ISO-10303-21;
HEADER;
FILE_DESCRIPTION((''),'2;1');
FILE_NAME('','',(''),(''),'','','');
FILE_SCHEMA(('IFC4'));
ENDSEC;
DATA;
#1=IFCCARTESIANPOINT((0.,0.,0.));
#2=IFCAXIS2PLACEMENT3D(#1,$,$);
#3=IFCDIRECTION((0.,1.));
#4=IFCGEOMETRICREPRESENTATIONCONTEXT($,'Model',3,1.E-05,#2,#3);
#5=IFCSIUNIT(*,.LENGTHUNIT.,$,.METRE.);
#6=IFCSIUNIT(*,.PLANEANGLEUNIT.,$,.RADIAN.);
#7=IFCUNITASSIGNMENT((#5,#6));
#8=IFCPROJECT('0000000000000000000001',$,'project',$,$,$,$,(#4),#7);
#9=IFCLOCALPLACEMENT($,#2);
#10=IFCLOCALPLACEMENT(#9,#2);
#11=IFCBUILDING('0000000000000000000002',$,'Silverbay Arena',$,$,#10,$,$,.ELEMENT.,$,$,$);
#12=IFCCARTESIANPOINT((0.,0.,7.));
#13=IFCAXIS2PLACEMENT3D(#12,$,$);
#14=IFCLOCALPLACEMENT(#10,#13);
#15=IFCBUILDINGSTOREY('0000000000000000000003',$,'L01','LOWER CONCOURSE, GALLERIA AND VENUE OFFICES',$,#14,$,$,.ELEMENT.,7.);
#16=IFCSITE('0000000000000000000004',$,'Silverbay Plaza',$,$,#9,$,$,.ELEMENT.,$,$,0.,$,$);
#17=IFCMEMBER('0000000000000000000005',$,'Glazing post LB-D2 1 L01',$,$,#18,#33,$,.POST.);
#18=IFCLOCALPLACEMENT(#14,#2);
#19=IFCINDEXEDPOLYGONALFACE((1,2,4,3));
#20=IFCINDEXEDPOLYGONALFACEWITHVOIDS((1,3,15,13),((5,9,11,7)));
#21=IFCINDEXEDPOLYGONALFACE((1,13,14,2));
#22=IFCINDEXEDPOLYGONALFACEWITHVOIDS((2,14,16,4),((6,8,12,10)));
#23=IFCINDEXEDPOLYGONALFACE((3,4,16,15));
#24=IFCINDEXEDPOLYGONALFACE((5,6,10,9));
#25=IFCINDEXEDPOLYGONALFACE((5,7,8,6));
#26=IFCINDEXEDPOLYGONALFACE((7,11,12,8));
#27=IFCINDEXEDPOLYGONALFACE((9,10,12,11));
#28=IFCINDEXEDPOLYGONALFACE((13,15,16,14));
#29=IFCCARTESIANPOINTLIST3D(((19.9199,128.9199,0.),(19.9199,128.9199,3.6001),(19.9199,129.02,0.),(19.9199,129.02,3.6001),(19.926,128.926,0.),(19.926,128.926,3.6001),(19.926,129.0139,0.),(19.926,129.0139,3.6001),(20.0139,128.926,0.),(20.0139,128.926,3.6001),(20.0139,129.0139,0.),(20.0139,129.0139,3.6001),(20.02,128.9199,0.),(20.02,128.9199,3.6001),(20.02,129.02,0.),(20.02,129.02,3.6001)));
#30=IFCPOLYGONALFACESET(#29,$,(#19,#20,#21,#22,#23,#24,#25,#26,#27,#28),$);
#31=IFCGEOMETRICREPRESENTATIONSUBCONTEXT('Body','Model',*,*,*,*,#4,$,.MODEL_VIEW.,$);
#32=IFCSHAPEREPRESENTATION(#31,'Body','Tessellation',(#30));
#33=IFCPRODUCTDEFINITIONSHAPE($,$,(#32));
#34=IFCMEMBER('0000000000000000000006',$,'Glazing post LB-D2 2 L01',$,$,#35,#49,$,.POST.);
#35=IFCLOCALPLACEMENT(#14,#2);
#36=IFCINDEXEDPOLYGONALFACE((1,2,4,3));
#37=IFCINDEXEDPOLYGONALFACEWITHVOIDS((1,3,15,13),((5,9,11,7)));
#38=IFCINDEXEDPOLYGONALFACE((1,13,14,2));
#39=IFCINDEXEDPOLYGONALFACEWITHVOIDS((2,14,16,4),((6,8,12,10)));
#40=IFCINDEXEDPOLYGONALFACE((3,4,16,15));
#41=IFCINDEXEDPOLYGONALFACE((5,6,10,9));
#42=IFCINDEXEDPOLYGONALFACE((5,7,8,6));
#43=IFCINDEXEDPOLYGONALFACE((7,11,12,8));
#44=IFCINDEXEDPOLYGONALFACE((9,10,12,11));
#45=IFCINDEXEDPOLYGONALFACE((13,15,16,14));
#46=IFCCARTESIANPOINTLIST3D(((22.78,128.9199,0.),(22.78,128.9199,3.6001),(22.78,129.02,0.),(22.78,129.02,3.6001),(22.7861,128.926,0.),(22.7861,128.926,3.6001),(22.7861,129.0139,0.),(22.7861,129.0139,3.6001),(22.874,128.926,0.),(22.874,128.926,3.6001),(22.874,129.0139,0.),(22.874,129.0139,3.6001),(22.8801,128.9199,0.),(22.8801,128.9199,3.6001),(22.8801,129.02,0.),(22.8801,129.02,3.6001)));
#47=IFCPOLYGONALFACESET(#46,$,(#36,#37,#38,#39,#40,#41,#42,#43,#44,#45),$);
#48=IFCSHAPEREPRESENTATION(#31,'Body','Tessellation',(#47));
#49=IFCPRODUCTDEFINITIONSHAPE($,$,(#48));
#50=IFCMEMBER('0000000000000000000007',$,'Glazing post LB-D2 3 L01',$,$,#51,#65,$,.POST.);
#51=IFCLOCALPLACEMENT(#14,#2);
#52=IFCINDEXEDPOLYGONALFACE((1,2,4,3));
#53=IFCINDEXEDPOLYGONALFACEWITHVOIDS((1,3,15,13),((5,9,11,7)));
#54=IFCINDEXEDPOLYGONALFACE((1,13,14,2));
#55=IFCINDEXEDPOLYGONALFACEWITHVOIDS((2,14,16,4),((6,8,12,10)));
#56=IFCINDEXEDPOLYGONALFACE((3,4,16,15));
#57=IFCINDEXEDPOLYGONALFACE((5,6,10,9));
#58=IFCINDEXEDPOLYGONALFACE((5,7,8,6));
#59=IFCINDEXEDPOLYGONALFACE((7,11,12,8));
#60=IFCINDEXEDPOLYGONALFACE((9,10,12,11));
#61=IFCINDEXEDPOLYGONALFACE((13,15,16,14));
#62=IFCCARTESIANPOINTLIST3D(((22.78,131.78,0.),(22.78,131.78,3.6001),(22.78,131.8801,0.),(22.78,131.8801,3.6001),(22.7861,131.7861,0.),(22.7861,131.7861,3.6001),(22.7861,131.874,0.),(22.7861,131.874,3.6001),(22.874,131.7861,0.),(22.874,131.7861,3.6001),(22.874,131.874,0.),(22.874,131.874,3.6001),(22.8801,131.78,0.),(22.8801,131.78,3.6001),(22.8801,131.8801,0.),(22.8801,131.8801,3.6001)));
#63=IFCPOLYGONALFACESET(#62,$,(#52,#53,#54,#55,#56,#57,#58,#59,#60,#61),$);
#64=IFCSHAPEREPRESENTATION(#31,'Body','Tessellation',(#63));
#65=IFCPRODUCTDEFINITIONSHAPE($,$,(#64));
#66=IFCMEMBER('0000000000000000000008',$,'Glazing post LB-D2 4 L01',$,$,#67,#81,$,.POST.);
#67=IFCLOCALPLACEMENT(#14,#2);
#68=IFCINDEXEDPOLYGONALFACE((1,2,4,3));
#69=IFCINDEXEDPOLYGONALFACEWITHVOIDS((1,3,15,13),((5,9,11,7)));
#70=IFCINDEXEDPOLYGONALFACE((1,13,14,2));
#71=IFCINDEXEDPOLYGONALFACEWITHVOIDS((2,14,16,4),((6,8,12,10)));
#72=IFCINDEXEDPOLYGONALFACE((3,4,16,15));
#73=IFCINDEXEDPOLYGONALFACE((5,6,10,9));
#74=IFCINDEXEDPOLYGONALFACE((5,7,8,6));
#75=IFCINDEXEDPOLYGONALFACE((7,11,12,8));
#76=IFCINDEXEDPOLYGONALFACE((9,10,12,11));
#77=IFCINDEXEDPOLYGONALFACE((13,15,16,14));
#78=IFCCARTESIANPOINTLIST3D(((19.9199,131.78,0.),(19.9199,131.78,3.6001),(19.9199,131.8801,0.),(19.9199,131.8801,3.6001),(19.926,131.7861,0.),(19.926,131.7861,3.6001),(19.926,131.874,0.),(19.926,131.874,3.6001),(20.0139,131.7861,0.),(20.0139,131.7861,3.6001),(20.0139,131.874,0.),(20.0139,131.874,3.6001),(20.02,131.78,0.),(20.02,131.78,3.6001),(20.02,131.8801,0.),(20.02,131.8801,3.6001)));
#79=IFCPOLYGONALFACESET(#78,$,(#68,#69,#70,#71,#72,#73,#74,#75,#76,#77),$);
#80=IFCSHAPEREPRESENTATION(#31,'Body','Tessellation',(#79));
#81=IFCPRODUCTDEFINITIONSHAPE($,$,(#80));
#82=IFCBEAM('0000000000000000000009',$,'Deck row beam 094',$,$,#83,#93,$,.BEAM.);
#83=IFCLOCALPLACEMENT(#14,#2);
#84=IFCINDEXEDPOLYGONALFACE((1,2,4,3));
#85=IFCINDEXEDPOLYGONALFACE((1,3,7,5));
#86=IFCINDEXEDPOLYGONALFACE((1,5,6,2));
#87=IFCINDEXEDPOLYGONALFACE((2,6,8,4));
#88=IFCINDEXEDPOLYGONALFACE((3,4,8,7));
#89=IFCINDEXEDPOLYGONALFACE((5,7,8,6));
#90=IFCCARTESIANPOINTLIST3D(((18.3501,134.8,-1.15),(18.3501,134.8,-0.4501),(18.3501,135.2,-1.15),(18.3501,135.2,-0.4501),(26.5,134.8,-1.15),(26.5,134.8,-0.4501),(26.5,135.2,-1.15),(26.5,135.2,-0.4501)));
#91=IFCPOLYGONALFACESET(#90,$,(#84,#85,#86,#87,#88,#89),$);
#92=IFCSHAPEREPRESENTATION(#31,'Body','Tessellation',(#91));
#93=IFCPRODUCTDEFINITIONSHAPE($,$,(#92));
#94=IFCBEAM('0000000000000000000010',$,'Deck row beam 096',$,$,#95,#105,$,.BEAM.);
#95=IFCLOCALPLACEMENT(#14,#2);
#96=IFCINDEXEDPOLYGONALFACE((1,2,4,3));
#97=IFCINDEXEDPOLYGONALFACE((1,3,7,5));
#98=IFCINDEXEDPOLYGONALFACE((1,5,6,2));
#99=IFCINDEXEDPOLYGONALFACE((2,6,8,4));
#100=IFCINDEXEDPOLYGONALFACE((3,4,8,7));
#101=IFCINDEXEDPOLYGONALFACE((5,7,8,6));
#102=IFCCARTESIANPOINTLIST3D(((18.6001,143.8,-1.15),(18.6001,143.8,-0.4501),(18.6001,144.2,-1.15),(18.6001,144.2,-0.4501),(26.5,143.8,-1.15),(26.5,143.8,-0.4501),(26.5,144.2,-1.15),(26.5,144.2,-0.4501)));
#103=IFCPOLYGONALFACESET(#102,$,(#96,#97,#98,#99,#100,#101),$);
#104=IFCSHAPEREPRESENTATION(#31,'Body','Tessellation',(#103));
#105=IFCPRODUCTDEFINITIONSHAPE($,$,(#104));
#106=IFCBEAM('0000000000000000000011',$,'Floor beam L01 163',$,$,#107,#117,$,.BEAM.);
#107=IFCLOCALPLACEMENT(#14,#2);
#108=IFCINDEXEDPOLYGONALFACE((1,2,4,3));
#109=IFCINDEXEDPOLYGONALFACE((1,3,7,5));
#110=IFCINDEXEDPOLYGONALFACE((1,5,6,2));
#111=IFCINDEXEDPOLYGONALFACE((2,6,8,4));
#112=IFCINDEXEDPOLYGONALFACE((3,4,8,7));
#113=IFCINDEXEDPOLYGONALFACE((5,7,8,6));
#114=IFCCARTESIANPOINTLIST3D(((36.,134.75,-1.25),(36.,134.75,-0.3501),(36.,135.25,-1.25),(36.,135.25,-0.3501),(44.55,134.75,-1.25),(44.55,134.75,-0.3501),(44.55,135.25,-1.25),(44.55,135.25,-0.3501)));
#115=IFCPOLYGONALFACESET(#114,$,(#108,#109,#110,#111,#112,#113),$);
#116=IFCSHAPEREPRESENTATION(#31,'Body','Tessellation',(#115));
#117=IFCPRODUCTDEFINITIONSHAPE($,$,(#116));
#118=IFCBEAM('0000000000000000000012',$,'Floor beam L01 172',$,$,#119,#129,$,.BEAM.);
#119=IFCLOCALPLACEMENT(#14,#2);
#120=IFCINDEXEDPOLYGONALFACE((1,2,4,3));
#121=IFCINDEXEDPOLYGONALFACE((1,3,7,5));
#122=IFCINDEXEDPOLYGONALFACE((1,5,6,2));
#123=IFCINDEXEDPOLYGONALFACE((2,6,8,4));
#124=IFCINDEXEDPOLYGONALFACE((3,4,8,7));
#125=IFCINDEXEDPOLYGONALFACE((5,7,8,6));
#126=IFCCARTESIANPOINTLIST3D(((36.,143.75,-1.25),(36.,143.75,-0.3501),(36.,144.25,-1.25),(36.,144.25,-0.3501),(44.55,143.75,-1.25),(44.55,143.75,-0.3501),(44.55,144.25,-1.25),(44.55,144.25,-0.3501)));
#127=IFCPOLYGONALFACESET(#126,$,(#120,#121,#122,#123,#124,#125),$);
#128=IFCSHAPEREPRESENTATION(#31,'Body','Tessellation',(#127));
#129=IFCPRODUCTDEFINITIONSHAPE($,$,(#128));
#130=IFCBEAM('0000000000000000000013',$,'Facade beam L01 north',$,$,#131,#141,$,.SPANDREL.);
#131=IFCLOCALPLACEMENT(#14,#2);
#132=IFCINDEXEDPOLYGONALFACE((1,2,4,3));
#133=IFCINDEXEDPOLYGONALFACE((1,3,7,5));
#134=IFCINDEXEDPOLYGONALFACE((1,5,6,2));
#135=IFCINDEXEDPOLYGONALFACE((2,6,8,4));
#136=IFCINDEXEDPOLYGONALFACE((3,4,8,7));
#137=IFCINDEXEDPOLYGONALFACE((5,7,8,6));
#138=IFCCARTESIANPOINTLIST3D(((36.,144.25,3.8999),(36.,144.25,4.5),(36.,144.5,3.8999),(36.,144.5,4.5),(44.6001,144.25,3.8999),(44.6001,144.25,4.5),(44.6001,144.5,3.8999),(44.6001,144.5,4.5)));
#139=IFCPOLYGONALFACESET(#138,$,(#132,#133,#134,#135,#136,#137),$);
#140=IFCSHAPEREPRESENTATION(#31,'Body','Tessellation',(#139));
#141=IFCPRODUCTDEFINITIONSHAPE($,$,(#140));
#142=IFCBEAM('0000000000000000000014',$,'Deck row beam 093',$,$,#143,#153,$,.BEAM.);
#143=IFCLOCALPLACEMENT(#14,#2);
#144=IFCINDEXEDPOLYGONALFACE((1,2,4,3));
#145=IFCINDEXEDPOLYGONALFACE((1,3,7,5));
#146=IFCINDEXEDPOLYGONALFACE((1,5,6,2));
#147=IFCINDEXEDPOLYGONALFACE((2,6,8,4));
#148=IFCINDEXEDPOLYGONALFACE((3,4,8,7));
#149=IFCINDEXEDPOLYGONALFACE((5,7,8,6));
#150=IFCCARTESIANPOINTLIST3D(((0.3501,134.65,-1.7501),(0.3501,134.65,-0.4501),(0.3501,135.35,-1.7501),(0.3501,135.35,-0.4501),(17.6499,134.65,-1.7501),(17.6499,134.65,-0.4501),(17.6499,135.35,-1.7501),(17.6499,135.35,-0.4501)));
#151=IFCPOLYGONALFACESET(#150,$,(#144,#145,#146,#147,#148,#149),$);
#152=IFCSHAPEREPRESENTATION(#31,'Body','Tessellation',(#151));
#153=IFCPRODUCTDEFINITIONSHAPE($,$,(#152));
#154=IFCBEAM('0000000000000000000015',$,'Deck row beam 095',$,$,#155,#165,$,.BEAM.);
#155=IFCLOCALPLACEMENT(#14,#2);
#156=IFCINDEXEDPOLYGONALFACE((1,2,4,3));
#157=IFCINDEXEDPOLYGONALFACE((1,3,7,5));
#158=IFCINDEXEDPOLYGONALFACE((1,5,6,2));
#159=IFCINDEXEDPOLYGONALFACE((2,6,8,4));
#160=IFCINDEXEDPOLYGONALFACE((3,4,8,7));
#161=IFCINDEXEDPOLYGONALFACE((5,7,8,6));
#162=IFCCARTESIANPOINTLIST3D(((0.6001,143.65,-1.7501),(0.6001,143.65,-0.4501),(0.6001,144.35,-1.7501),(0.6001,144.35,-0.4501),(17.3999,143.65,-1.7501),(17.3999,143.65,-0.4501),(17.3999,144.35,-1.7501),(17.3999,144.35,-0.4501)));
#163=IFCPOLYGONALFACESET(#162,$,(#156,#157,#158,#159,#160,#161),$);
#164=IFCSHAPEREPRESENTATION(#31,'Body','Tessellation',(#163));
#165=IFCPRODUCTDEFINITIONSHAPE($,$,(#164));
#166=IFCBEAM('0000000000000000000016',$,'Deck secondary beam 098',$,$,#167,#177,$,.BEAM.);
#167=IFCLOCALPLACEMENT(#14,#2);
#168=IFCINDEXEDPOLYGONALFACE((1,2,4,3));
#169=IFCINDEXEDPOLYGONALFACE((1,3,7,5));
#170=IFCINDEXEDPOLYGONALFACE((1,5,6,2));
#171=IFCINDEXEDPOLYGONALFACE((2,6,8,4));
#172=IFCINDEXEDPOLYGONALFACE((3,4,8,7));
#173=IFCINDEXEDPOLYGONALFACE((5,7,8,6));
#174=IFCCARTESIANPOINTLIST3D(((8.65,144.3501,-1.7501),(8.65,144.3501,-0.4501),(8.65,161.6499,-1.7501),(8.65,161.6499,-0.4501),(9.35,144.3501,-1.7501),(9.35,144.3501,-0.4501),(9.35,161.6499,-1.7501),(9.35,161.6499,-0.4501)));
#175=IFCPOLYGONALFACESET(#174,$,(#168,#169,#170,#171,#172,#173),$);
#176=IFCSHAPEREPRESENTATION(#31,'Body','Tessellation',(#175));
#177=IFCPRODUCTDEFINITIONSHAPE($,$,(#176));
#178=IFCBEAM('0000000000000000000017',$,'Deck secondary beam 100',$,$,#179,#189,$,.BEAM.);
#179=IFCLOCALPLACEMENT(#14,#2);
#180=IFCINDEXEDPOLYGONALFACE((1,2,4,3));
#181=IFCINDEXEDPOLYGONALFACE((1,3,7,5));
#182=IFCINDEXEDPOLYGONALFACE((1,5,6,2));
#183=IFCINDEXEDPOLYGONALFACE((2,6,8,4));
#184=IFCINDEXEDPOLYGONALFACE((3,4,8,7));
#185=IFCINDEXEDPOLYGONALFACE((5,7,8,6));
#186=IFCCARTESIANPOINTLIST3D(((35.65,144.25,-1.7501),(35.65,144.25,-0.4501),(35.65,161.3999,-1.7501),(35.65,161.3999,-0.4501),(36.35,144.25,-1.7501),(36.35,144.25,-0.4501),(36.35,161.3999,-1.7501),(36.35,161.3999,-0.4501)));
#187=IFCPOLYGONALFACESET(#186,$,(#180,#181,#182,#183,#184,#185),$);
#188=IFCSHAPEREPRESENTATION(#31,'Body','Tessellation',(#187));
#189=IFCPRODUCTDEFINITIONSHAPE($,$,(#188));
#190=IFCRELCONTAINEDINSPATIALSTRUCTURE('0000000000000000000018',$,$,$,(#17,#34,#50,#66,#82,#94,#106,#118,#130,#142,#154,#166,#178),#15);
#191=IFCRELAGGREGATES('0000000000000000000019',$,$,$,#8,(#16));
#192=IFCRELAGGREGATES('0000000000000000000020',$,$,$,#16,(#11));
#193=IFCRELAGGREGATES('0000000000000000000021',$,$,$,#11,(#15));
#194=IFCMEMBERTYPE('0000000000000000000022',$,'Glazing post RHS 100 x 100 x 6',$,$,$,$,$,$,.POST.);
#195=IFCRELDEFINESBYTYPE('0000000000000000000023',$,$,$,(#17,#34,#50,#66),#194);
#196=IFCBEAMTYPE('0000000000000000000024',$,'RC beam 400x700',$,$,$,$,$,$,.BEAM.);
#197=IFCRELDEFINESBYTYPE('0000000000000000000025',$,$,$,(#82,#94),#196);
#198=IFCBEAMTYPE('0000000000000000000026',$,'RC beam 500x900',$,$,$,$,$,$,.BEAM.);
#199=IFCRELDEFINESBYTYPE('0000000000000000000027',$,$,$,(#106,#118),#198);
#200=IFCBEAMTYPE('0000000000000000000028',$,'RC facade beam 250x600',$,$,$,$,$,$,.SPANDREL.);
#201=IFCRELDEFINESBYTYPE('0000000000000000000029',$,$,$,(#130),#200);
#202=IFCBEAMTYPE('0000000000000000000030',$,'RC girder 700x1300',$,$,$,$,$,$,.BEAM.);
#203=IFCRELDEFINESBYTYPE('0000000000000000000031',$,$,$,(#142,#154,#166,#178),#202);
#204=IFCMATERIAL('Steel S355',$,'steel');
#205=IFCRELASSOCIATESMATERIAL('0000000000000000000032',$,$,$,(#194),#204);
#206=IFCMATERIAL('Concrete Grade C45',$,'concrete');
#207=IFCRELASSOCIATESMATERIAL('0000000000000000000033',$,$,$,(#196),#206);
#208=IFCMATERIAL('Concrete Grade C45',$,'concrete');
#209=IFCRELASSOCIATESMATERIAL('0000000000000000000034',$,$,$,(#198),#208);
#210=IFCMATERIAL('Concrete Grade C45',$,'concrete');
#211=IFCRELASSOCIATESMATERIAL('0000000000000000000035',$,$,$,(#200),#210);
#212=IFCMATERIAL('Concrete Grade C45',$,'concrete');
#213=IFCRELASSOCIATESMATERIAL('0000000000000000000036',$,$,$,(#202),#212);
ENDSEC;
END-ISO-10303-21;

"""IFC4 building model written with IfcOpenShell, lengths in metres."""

from ifc_helpers import new_model, si_unit, direction, frame, origin, origin_2d, place, context, subcontext, project, spatial, rectangle, hollow_rectangle, extrude, material, material_profile, profile_set, type_object, element, save


model = new_model("IFC4")

# Units and contexts
model_context = context("Model", 3, precision=1e-05, world=origin(), true_north=direction((0.0, 1.0)))
body_context = subcontext(model_context, "Body", "Model", "MODEL_VIEW")
ifc_project = project(units=[si_unit("LENGTHUNIT", "METRE"), si_unit("PLANEANGLEUNIT", "RADIAN")], contexts=[model_context])

# Site, building, storey
site_placement = place(None, origin())
site = spatial("IfcSite", under=ifc_project, at=site_placement, Name="Silverbay Plaza", CompositionType="ELEMENT", RefElevation=0.0)
building_placement = place(site_placement, origin())
building = spatial("IfcBuilding", under=site, at=building_placement, Name="Silverbay Arena", CompositionType="ELEMENT")
storey_placement = place(building_placement, frame((0.0, 0.0, 7.0)))
storey = spatial("IfcBuildingStorey", under=building, at=storey_placement, Name="L01", Description="LOWER CONCOURSE, GALLERIA AND VENUE OFFICES", CompositionType="ELEMENT", Elevation=7.0)

# Members
ifc_material_1 = material(Name="Steel S355", Category="steel")
ifc_material_profile_1 = material_profile(ifc_material_1, hollow_rectangle(XDim=0.1001, YDim=0.1001, WallThickness=0.0061, at=origin_2d()), Name="RHS 100x100x6")
ifc_profile_set_1 = profile_set([ifc_material_profile_1], Name="Steel S355")
member_type = type_object("IfcMemberType", Name="Glazing post RHS 100 x 100 x 6", PredefinedType="POST", material=ifc_profile_set_1)
for number, where, z_axis, x_axis, name in (
    (1, (19.97, 128.97, 0.0), (0.0, 0.0, 1.0), (1.0, 0.0, 0.0), "Glazing post LB-D2 1 L01"),
    (2, (22.8301, 128.97, 0.0), (0.0, 0.0, 1.0), (1.0, 0.0, 0.0), "Glazing post LB-D2 2 L01"),
    (3, (22.8301, 131.8301, 0.0), (0.0, 0.0, 1.0), (1.0, 0.0, 0.0), "Glazing post LB-D2 3 L01"),
    (4, (19.97, 131.8301, 0.0), (0.0, 0.0, 1.0), (1.0, 0.0, 0.0), "Glazing post LB-D2 4 L01"),
):
    element("IfcMember", number, at=place(storey_placement, frame(where, z_axis=z_axis, x_axis=x_axis)), inside=storey, type_object=member_type, Name=name, PredefinedType="POST", context=body_context, shape_type="SweptSolid", body=[
        extrude(hollow_rectangle(XDim=0.1001, YDim=0.1001, WallThickness=0.0061, at=origin_2d()), origin(), (0.0, 0.0, 1.0), 3.6001),
    ])

# Beams
ifc_material_2 = material(Name="Concrete Grade C45", Category="concrete")
ifc_material_profile_2 = material_profile(ifc_material_2, rectangle(XDim=0.3999, YDim=0.7, at=origin_2d()), Name="RC 400x700")
ifc_profile_set_2 = profile_set([ifc_material_profile_2], Name="Concrete Grade C45")
beam_type_1 = type_object("IfcBeamType", Name="RC beam 400x700", PredefinedType="BEAM", material=ifc_profile_set_2)
beam_1_placement = place(storey_placement, frame((18.3501, 135.0, -0.8), z_axis=(1.0, 0.0, 0.0), x_axis=(0.0, 1.0, 0.0)))
element("IfcBeam", 5, at=beam_1_placement, inside=storey, type_object=beam_type_1, Name="Deck row beam 094", PredefinedType="BEAM", context=body_context, shape_type="SweptSolid", body=[
    extrude(rectangle(XDim=0.3999, YDim=0.7, at=origin_2d()), origin(), (0.0, 0.0, 1.0), 8.1499),
])
beam_2_placement = place(storey_placement, frame((18.6001, 144.0, -0.8), z_axis=(1.0, 0.0, 0.0), x_axis=(0.0, 1.0, 0.0)))
element("IfcBeam", 6, at=beam_2_placement, inside=storey, type_object=beam_type_1, Name="Deck row beam 096", PredefinedType="BEAM", context=body_context, shape_type="SweptSolid", body=[
    extrude(rectangle(XDim=0.3999, YDim=0.7, at=origin_2d()), origin(), (0.0, 0.0, 1.0), 7.8999),
])
ifc_material_3 = material(Name="Concrete Grade C45", Category="concrete")
ifc_material_profile_3 = material_profile(ifc_material_3, rectangle(XDim=0.5, YDim=0.8999, at=origin_2d()), Name="RC 500x900")
ifc_profile_set_3 = profile_set([ifc_material_profile_3], Name="Concrete Grade C45")
beam_type_2 = type_object("IfcBeamType", Name="RC beam 500x900", PredefinedType="BEAM", material=ifc_profile_set_3)
for number, where, z_axis, x_axis, name in (
    (7, (36.0, 135.0, -0.8), (1.0, 0.0, 0.0), (0.0, 1.0, 0.0), "Floor beam L01 163"),
    (8, (36.0, 144.0, -0.8), (1.0, 0.0, 0.0), (0.0, 1.0, 0.0), "Floor beam L01 172"),
):
    element("IfcBeam", number, at=place(storey_placement, frame(where, z_axis=z_axis, x_axis=x_axis)), inside=storey, type_object=beam_type_2, Name=name, PredefinedType="BEAM", context=body_context, shape_type="SweptSolid", body=[
        extrude(rectangle(XDim=0.5, YDim=0.8999, at=origin_2d()), origin(), (0.0, 0.0, 1.0), 8.55),
    ])
ifc_material_4 = material(Name="Concrete Grade C45", Category="concrete")
ifc_material_profile_4 = material_profile(ifc_material_4, rectangle(XDim=0.25, YDim=0.6001, at=origin_2d()), Name="RC 250x600")
ifc_profile_set_4 = profile_set([ifc_material_profile_4], Name="Concrete Grade C45")
beam_type_3 = type_object("IfcBeamType", Name="RC facade beam 250x600", PredefinedType="SPANDREL", material=ifc_profile_set_4)
beam_3_placement = place(storey_placement, frame((36.0, 144.375, 4.2), z_axis=(1.0, 0.0, 0.0), x_axis=(0.0, 1.0, 0.0)))
element("IfcBeam", 9, at=beam_3_placement, inside=storey, type_object=beam_type_3, Name="Facade beam L01 north", PredefinedType="SPANDREL", context=body_context, shape_type="SweptSolid", body=[
    extrude(rectangle(XDim=0.25, YDim=0.6001, at=origin_2d()), origin(), (0.0, 0.0, 1.0), 8.6001),
])
ifc_material_5 = material(Name="Concrete Grade C45", Category="concrete")
ifc_material_profile_5 = material_profile(ifc_material_5, rectangle(XDim=0.7, YDim=1.3, at=origin_2d()), Name="RC 700x1300")
ifc_profile_set_5 = profile_set([ifc_material_profile_5], Name="Concrete Grade C45")
beam_type_4 = type_object("IfcBeamType", Name="RC girder 700x1300", PredefinedType="BEAM", material=ifc_profile_set_5)
beam_4_placement = place(storey_placement, frame((0.3501, 135.0, -1.1001), z_axis=(1.0, 0.0, 0.0), x_axis=(0.0, 1.0, 0.0)))
element("IfcBeam", 10, at=beam_4_placement, inside=storey, type_object=beam_type_4, Name="Deck row beam 093", PredefinedType="BEAM", context=body_context, shape_type="SweptSolid", body=[
    extrude(rectangle(XDim=0.7, YDim=1.3, at=origin_2d()), origin(), (0.0, 0.0, 1.0), 17.2998),
])
beam_5_placement = place(storey_placement, frame((0.6001, 144.0, -1.1001), z_axis=(1.0, 0.0, 0.0), x_axis=(0.0, 1.0, 0.0)))
element("IfcBeam", 11, at=beam_5_placement, inside=storey, type_object=beam_type_4, Name="Deck row beam 095", PredefinedType="BEAM", context=body_context, shape_type="SweptSolid", body=[
    extrude(rectangle(XDim=0.7, YDim=1.3, at=origin_2d()), origin(), (0.0, 0.0, 1.0), 16.7998),
])
beam_6_placement = place(storey_placement, frame((9.0, 144.3501, -1.1001), z_axis=(0.0, 1.0, 0.0), x_axis=(-1.0, 0.0, 0.0)))
element("IfcBeam", 12, at=beam_6_placement, inside=storey, type_object=beam_type_4, Name="Deck secondary beam 098", PredefinedType="BEAM", context=body_context, shape_type="SweptSolid", body=[
    extrude(rectangle(XDim=0.7, YDim=1.3, at=origin_2d()), origin(), (0.0, 0.0, 1.0), 17.2998),
])
beam_7_placement = place(storey_placement, frame((36.0, 144.25, -1.1001), z_axis=(0.0, 1.0, 0.0), x_axis=(-1.0, 0.0, 0.0)))
element("IfcBeam", 13, at=beam_7_placement, inside=storey, type_object=beam_type_4, Name="Deck secondary beam 100", PredefinedType="BEAM", context=body_context, shape_type="SweptSolid", body=[
    extrude(rectangle(XDim=0.7, YDim=1.3, at=origin_2d()), origin(), (0.0, 0.0, 1.0), 17.1499),
])

save(model, "model.ifc")
